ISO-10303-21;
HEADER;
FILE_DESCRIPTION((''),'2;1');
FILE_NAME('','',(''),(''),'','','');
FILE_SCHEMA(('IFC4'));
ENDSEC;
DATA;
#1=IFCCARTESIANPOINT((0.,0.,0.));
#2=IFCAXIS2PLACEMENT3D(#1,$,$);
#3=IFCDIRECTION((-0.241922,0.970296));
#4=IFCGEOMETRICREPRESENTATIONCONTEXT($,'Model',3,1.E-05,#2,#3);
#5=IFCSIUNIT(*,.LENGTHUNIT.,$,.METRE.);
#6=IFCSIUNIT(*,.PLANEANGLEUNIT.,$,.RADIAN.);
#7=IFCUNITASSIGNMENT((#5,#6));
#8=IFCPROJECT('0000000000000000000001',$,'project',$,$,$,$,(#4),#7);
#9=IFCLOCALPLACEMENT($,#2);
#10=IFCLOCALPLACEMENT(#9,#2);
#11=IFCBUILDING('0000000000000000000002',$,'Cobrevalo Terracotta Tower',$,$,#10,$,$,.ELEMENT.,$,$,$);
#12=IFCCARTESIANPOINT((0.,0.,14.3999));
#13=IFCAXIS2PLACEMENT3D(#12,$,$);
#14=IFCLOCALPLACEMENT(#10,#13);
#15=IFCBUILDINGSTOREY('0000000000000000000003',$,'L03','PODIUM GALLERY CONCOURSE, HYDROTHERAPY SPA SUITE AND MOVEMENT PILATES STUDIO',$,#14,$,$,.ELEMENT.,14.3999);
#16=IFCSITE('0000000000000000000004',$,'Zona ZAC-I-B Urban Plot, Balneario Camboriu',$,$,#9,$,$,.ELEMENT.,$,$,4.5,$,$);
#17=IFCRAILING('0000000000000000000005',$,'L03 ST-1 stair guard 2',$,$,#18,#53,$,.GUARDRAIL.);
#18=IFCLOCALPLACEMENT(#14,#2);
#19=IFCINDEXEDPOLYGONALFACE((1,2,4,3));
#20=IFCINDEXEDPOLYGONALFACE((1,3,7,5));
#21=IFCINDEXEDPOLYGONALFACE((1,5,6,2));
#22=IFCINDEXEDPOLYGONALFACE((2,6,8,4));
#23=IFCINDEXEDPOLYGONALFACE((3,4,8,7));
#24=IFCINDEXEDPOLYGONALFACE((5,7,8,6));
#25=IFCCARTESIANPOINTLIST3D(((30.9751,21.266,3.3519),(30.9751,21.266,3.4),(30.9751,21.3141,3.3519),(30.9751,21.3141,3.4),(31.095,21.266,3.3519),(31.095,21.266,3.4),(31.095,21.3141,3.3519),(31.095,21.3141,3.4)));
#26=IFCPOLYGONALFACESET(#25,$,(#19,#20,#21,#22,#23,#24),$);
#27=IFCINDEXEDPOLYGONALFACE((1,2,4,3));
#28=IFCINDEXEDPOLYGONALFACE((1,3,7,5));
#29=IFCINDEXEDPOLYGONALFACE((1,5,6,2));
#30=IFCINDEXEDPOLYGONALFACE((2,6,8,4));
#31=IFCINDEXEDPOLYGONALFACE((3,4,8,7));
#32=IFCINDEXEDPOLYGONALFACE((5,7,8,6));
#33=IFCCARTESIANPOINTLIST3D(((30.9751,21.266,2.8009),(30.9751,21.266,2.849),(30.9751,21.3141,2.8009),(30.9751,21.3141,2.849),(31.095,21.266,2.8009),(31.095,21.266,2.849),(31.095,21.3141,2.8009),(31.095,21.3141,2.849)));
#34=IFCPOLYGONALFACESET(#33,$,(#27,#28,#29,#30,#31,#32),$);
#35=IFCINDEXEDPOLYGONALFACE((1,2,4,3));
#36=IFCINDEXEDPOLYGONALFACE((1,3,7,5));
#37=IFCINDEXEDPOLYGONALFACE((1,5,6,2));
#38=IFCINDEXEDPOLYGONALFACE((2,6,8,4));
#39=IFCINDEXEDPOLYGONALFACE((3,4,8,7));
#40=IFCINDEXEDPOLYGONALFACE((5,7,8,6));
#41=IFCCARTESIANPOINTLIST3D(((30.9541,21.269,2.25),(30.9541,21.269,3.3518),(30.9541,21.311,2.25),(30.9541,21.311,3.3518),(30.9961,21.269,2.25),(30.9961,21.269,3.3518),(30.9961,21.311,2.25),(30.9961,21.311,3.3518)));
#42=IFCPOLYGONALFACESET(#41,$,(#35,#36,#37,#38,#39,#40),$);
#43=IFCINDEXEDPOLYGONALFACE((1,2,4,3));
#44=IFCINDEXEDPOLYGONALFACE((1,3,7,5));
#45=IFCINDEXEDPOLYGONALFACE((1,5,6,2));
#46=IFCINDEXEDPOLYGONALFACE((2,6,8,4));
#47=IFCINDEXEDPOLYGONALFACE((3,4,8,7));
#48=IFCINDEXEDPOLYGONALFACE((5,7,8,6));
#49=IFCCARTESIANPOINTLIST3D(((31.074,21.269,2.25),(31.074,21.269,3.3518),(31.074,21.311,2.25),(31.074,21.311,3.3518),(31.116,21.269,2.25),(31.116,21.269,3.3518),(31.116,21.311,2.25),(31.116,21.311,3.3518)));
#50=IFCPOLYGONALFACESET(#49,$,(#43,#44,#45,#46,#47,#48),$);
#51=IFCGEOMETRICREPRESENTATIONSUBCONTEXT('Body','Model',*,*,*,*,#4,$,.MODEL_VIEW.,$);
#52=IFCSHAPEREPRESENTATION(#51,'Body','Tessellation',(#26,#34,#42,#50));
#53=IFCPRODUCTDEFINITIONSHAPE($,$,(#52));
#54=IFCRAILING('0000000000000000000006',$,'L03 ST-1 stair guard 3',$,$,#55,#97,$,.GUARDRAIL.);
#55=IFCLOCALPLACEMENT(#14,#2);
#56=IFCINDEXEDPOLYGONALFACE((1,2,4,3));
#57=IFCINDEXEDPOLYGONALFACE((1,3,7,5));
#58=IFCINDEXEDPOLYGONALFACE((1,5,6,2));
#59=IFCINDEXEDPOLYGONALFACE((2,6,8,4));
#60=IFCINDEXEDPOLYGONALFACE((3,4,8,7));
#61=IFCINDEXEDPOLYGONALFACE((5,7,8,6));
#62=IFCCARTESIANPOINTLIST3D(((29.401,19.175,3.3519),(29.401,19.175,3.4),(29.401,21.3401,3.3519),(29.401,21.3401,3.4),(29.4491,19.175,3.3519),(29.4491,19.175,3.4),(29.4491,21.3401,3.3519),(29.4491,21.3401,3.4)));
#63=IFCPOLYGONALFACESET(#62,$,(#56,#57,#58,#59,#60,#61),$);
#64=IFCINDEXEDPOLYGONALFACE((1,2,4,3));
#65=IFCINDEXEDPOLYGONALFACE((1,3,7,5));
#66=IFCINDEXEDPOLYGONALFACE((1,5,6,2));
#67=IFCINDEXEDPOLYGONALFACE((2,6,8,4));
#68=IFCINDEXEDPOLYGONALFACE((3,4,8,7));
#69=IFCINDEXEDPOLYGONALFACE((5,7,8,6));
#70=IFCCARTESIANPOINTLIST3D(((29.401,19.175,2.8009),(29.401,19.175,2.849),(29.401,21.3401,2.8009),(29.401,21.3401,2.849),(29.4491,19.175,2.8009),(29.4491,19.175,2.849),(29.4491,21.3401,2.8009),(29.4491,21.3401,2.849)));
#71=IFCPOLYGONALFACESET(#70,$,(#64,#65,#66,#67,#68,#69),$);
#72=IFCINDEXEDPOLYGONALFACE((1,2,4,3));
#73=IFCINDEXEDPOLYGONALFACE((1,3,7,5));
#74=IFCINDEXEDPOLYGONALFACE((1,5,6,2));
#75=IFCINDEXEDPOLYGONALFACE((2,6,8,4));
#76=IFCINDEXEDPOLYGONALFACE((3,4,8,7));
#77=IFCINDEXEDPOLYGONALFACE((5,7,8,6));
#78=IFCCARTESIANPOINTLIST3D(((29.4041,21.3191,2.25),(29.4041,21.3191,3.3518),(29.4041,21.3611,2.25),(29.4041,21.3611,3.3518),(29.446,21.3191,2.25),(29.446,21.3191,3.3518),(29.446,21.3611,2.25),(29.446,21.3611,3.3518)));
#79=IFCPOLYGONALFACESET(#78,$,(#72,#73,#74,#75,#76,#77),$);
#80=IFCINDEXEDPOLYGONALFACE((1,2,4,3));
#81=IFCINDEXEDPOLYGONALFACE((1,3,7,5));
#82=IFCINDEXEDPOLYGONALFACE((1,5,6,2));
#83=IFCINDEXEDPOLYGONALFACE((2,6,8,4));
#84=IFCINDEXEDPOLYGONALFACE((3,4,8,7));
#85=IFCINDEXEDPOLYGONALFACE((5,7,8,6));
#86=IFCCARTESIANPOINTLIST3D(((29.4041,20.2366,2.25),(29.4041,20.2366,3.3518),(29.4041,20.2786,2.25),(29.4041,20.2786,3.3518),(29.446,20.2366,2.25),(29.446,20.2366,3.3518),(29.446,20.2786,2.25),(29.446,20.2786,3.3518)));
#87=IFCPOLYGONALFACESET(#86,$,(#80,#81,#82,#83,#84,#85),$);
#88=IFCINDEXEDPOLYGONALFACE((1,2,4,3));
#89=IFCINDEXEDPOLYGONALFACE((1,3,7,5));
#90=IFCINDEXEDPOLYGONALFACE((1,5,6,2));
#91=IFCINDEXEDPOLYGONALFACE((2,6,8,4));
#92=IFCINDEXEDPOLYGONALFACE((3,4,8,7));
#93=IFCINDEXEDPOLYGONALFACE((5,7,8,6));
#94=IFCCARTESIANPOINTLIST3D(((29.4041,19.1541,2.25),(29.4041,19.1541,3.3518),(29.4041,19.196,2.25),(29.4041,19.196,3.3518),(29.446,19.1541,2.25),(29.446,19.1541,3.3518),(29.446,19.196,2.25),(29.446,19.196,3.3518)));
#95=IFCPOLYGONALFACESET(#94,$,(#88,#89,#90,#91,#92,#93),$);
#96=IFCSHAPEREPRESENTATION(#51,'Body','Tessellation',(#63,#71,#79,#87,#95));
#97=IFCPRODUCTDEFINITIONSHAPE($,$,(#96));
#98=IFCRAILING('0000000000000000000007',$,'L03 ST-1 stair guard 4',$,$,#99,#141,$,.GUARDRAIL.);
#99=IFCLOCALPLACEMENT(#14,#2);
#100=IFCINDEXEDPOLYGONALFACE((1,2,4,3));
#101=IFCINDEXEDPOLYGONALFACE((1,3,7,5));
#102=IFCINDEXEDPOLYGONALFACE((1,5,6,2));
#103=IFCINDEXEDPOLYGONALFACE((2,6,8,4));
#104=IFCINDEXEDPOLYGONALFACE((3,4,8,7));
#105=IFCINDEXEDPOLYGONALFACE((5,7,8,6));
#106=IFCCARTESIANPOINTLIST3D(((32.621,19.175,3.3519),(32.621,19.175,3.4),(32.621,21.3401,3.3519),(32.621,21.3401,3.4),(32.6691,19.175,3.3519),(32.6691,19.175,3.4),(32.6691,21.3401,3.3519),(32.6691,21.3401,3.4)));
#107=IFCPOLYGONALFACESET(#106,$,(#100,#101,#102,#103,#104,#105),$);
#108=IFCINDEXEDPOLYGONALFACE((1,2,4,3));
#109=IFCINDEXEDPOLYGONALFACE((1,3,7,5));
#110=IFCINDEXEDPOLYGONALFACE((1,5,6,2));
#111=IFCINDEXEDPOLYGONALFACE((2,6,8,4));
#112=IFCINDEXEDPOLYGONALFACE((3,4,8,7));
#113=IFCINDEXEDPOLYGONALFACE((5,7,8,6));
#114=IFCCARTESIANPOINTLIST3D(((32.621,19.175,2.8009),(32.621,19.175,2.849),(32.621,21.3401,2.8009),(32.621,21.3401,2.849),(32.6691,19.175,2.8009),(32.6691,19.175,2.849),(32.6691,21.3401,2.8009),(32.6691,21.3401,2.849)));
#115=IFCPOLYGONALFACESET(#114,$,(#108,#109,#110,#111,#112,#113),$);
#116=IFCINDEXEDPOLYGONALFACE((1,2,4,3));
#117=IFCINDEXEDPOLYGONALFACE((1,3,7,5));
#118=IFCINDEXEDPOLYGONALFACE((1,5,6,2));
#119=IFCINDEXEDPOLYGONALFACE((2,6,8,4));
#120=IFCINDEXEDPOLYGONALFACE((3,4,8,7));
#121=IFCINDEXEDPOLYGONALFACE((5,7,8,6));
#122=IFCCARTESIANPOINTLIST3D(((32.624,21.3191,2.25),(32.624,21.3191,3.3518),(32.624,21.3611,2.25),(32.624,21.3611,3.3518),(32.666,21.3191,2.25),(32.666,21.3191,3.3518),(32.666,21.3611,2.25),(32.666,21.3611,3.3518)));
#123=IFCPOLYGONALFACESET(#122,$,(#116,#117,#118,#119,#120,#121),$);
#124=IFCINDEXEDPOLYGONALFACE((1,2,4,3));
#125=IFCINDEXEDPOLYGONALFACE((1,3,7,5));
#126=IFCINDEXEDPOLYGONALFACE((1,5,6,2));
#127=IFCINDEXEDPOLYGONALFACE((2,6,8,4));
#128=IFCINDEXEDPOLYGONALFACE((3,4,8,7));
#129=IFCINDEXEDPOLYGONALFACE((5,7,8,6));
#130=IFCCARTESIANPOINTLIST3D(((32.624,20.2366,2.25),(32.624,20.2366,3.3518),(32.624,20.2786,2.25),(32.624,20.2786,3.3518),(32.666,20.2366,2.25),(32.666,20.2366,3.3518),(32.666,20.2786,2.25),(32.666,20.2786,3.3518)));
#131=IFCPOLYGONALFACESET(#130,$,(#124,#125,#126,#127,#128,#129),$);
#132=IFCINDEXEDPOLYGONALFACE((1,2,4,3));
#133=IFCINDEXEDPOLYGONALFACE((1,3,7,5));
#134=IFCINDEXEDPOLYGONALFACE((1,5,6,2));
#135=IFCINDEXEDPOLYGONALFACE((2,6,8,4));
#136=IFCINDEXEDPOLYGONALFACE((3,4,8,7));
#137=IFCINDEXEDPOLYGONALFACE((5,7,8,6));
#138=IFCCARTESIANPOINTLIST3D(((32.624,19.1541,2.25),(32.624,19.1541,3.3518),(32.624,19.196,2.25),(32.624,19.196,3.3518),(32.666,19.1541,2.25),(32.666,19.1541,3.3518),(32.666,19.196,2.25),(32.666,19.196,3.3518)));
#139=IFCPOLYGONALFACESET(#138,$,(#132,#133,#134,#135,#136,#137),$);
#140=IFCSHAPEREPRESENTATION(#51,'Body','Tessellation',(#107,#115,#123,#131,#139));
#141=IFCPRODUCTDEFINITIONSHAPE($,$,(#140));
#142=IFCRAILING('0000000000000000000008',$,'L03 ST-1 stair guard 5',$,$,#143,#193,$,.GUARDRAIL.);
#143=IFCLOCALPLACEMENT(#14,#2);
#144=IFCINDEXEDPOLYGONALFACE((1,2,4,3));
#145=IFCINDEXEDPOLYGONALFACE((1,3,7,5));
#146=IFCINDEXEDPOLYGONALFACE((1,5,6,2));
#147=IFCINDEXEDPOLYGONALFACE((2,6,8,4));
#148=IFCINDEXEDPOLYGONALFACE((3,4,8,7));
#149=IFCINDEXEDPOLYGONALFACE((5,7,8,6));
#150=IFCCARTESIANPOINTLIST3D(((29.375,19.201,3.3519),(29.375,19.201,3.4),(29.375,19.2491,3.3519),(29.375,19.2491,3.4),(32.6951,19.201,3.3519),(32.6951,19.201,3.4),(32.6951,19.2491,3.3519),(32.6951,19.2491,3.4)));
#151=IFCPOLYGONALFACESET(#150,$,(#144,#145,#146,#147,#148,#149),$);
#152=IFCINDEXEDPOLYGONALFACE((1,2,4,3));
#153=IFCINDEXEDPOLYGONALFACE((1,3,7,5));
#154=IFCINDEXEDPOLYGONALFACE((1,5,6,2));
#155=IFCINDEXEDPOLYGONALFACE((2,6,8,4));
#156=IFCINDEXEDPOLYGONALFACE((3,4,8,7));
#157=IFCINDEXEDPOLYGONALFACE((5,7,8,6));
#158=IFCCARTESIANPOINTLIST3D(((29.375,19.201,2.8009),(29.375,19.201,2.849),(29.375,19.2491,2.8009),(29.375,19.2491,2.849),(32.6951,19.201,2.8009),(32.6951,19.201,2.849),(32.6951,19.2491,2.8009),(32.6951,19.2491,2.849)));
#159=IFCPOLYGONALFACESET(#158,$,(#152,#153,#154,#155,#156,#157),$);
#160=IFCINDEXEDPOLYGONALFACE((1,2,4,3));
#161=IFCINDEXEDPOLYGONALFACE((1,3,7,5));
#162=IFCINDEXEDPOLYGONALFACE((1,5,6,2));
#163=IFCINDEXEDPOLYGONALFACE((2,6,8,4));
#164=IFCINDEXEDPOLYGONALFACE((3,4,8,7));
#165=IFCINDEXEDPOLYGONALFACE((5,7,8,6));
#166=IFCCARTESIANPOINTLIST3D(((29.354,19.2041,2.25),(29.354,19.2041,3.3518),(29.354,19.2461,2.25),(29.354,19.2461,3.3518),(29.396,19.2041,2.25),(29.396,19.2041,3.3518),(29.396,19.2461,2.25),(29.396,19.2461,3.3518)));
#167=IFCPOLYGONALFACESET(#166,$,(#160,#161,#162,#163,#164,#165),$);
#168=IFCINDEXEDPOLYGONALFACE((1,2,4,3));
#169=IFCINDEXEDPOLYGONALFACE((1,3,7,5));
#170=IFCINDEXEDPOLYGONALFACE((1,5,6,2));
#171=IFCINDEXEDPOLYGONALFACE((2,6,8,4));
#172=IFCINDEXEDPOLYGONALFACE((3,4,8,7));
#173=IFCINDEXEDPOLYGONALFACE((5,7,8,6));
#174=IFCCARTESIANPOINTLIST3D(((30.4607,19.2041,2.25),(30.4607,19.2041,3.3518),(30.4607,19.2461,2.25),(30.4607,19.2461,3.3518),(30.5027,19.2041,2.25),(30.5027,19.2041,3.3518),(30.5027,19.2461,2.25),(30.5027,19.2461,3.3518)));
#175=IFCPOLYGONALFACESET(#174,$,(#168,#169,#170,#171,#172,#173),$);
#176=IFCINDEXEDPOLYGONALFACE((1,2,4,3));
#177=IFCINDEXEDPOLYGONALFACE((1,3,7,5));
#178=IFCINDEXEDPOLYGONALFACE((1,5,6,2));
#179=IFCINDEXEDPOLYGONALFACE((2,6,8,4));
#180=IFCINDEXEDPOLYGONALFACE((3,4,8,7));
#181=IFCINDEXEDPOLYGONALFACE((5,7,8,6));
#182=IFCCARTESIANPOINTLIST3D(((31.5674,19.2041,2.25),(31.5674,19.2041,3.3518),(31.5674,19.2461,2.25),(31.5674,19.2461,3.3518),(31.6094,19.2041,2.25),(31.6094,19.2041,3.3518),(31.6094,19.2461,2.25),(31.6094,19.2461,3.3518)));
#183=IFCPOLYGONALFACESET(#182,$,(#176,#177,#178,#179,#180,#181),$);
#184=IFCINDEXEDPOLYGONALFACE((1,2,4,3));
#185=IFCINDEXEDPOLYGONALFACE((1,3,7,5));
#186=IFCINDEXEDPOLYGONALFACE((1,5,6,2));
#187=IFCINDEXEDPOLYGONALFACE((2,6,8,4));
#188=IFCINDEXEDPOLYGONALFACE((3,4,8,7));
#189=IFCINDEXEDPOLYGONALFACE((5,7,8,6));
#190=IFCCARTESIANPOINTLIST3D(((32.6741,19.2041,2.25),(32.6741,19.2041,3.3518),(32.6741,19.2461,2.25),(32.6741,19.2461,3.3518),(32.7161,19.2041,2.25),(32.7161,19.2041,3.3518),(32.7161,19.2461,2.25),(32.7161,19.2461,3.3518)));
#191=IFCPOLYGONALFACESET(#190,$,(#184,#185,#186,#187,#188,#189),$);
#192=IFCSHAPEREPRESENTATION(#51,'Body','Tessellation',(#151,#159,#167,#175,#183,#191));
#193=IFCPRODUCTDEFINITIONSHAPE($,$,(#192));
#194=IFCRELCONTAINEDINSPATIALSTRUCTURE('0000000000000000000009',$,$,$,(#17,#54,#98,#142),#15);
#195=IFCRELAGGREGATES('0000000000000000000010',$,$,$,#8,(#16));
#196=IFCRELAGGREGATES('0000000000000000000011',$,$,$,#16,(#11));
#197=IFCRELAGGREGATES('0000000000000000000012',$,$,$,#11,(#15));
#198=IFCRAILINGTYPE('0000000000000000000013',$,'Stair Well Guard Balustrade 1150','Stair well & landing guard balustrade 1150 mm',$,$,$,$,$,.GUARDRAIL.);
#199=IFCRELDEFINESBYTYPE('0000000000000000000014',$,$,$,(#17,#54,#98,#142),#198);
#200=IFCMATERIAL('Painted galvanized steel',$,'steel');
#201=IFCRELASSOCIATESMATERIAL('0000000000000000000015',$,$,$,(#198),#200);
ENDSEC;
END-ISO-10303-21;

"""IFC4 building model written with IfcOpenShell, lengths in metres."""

from ifc_helpers import new_model, si_unit, direction, frame, origin, origin_2d, place, context, subcontext, project, spatial, rectangle, extrude, material, type_object, element, save


model = new_model("IFC4")

# Units and contexts
model_context = context("Model", 3, precision=1e-05, world=origin(), true_north=direction((-0.241922, 0.970296)))
body_context = subcontext(model_context, "Body", "Model", "MODEL_VIEW")
ifc_project = project(units=[si_unit("LENGTHUNIT", "METRE"), si_unit("PLANEANGLEUNIT", "RADIAN")], contexts=[model_context])

# Site, building, storey
site_placement = place(None, origin())
site = spatial("IfcSite", under=ifc_project, at=site_placement, Name="Zona ZAC-I-B Urban Plot, Balneario Camboriu", CompositionType="ELEMENT", RefElevation=4.5)
building_placement = place(site_placement, origin())
building = spatial("IfcBuilding", under=site, at=building_placement, Name="Cobrevalo Terracotta Tower", CompositionType="ELEMENT")
storey_placement = place(building_placement, frame((0.0, 0.0, 14.3999)))
storey = spatial("IfcBuildingStorey", under=building, at=storey_placement, Name="L03", Description="PODIUM GALLERY CONCOURSE, HYDROTHERAPY SPA SUITE AND MOVEMENT PILATES STUDIO", CompositionType="ELEMENT", Elevation=14.3999)

# Railings
ifc_material_1 = material(Name="Painted galvanized steel", Category="steel")
railing_type_1 = type_object("IfcRailingType", Name="Stair Well Guard Balustrade 1150", Description="Stair well & landing guard balustrade 1150 mm", PredefinedType="GUARDRAIL", material=ifc_material_1)
railing_1_placement = place(storey_placement, frame((30.9751, 21.29, 2.25)))
element("IfcRailing", 1, at=railing_1_placement, inside=storey, type_object=railing_type_1, Name="L03 ST-1 stair guard 2", PredefinedType="GUARDRAIL", context=body_context, shape_type="SweptSolid", body=[
    extrude(rectangle(XDim=0.0481, YDim=0.0481, at=origin_2d()), frame((0.0, 0.0, 1.126), z_axis=(1.0, 0.0, 0.0), x_axis=(0.0, 1.0, 0.0)), (0.0, 0.0, 1.0), 0.1199),
    extrude(rectangle(XDim=0.0481, YDim=0.0481, at=origin_2d()), frame((0.0, 0.0, 0.575), z_axis=(1.0, 0.0, 0.0), x_axis=(0.0, 1.0, 0.0)), (0.0, 0.0, 1.0), 0.1199),
    extrude(rectangle(XDim=0.042, YDim=0.042, at=origin_2d()), origin(), (0.0, 0.0, 1.0), 1.1018),
    extrude(rectangle(XDim=0.042, YDim=0.042, at=origin_2d()), frame((0.1199, 0.0, 0.0)), (0.0, 0.0, 1.0), 1.1018),
])
for number, where, name in (
    (2, (29.425, 21.3401, 2.25), "L03 ST-1 stair guard 3"),
    (3, (32.645, 21.3401, 2.25), "L03 ST-1 stair guard 4"),
):
    element("IfcRailing", number, at=place(storey_placement, frame(where)), inside=storey, type_object=railing_type_1, Name=name, PredefinedType="GUARDRAIL", context=body_context, shape_type="SweptSolid", body=[
        extrude(rectangle(XDim=0.0481, YDim=0.0481, at=origin_2d()), frame((0.0, 0.0, 1.126), z_axis=(0.0, -1.0, 0.0), x_axis=(1.0, 0.0, 0.0)), (0.0, 0.0, 1.0), 2.165),
        extrude(rectangle(XDim=0.0481, YDim=0.0481, at=origin_2d()), frame((0.0, 0.0, 0.575), z_axis=(0.0, -1.0, 0.0), x_axis=(1.0, 0.0, 0.0)), (0.0, 0.0, 1.0), 2.165),
        extrude(rectangle(XDim=0.042, YDim=0.042, at=origin_2d()), origin(), (0.0, 0.0, 1.0), 1.1018),
        extrude(rectangle(XDim=0.042, YDim=0.042, at=origin_2d()), frame((0.0, -1.0825, 0.0)), (0.0, 0.0, 1.0), 1.1018),
        extrude(rectangle(XDim=0.042, YDim=0.042, at=origin_2d()), frame((0.0, -2.165, 0.0)), (0.0, 0.0, 1.0), 1.1018),
    ])
railing_2_placement = place(storey_placement, frame((29.375, 19.2251, 2.25)))
element("IfcRailing", 4, at=railing_2_placement, inside=storey, type_object=railing_type_1, Name="L03 ST-1 stair guard 5", PredefinedType="GUARDRAIL", context=body_context, shape_type="SweptSolid", body=[
    extrude(rectangle(XDim=0.0481, YDim=0.0481, at=origin_2d()), frame((0.0, 0.0, 1.126), z_axis=(1.0, 0.0, 0.0), x_axis=(0.0, 1.0, 0.0)), (0.0, 0.0, 1.0), 3.3201),
    extrude(rectangle(XDim=0.0481, YDim=0.0481, at=origin_2d()), frame((0.0, 0.0, 0.575), z_axis=(1.0, 0.0, 0.0), x_axis=(0.0, 1.0, 0.0)), (0.0, 0.0, 1.0), 3.3201),
    extrude(rectangle(XDim=0.042, YDim=0.042, at=origin_2d()), origin(), (0.0, 0.0, 1.0), 1.1018),
    extrude(rectangle(XDim=0.042, YDim=0.042, at=origin_2d()), frame((1.1067, 0.0, 0.0)), (0.0, 0.0, 1.0), 1.1018),
    extrude(rectangle(XDim=0.042, YDim=0.042, at=origin_2d()), frame((2.2134, 0.0, 0.0)), (0.0, 0.0, 1.0), 1.1018),
    extrude(rectangle(XDim=0.042, YDim=0.042, at=origin_2d()), frame((3.3201, 0.0, 0.0)), (0.0, 0.0, 1.0), 1.1018),
])

save(model, "model.ifc")
